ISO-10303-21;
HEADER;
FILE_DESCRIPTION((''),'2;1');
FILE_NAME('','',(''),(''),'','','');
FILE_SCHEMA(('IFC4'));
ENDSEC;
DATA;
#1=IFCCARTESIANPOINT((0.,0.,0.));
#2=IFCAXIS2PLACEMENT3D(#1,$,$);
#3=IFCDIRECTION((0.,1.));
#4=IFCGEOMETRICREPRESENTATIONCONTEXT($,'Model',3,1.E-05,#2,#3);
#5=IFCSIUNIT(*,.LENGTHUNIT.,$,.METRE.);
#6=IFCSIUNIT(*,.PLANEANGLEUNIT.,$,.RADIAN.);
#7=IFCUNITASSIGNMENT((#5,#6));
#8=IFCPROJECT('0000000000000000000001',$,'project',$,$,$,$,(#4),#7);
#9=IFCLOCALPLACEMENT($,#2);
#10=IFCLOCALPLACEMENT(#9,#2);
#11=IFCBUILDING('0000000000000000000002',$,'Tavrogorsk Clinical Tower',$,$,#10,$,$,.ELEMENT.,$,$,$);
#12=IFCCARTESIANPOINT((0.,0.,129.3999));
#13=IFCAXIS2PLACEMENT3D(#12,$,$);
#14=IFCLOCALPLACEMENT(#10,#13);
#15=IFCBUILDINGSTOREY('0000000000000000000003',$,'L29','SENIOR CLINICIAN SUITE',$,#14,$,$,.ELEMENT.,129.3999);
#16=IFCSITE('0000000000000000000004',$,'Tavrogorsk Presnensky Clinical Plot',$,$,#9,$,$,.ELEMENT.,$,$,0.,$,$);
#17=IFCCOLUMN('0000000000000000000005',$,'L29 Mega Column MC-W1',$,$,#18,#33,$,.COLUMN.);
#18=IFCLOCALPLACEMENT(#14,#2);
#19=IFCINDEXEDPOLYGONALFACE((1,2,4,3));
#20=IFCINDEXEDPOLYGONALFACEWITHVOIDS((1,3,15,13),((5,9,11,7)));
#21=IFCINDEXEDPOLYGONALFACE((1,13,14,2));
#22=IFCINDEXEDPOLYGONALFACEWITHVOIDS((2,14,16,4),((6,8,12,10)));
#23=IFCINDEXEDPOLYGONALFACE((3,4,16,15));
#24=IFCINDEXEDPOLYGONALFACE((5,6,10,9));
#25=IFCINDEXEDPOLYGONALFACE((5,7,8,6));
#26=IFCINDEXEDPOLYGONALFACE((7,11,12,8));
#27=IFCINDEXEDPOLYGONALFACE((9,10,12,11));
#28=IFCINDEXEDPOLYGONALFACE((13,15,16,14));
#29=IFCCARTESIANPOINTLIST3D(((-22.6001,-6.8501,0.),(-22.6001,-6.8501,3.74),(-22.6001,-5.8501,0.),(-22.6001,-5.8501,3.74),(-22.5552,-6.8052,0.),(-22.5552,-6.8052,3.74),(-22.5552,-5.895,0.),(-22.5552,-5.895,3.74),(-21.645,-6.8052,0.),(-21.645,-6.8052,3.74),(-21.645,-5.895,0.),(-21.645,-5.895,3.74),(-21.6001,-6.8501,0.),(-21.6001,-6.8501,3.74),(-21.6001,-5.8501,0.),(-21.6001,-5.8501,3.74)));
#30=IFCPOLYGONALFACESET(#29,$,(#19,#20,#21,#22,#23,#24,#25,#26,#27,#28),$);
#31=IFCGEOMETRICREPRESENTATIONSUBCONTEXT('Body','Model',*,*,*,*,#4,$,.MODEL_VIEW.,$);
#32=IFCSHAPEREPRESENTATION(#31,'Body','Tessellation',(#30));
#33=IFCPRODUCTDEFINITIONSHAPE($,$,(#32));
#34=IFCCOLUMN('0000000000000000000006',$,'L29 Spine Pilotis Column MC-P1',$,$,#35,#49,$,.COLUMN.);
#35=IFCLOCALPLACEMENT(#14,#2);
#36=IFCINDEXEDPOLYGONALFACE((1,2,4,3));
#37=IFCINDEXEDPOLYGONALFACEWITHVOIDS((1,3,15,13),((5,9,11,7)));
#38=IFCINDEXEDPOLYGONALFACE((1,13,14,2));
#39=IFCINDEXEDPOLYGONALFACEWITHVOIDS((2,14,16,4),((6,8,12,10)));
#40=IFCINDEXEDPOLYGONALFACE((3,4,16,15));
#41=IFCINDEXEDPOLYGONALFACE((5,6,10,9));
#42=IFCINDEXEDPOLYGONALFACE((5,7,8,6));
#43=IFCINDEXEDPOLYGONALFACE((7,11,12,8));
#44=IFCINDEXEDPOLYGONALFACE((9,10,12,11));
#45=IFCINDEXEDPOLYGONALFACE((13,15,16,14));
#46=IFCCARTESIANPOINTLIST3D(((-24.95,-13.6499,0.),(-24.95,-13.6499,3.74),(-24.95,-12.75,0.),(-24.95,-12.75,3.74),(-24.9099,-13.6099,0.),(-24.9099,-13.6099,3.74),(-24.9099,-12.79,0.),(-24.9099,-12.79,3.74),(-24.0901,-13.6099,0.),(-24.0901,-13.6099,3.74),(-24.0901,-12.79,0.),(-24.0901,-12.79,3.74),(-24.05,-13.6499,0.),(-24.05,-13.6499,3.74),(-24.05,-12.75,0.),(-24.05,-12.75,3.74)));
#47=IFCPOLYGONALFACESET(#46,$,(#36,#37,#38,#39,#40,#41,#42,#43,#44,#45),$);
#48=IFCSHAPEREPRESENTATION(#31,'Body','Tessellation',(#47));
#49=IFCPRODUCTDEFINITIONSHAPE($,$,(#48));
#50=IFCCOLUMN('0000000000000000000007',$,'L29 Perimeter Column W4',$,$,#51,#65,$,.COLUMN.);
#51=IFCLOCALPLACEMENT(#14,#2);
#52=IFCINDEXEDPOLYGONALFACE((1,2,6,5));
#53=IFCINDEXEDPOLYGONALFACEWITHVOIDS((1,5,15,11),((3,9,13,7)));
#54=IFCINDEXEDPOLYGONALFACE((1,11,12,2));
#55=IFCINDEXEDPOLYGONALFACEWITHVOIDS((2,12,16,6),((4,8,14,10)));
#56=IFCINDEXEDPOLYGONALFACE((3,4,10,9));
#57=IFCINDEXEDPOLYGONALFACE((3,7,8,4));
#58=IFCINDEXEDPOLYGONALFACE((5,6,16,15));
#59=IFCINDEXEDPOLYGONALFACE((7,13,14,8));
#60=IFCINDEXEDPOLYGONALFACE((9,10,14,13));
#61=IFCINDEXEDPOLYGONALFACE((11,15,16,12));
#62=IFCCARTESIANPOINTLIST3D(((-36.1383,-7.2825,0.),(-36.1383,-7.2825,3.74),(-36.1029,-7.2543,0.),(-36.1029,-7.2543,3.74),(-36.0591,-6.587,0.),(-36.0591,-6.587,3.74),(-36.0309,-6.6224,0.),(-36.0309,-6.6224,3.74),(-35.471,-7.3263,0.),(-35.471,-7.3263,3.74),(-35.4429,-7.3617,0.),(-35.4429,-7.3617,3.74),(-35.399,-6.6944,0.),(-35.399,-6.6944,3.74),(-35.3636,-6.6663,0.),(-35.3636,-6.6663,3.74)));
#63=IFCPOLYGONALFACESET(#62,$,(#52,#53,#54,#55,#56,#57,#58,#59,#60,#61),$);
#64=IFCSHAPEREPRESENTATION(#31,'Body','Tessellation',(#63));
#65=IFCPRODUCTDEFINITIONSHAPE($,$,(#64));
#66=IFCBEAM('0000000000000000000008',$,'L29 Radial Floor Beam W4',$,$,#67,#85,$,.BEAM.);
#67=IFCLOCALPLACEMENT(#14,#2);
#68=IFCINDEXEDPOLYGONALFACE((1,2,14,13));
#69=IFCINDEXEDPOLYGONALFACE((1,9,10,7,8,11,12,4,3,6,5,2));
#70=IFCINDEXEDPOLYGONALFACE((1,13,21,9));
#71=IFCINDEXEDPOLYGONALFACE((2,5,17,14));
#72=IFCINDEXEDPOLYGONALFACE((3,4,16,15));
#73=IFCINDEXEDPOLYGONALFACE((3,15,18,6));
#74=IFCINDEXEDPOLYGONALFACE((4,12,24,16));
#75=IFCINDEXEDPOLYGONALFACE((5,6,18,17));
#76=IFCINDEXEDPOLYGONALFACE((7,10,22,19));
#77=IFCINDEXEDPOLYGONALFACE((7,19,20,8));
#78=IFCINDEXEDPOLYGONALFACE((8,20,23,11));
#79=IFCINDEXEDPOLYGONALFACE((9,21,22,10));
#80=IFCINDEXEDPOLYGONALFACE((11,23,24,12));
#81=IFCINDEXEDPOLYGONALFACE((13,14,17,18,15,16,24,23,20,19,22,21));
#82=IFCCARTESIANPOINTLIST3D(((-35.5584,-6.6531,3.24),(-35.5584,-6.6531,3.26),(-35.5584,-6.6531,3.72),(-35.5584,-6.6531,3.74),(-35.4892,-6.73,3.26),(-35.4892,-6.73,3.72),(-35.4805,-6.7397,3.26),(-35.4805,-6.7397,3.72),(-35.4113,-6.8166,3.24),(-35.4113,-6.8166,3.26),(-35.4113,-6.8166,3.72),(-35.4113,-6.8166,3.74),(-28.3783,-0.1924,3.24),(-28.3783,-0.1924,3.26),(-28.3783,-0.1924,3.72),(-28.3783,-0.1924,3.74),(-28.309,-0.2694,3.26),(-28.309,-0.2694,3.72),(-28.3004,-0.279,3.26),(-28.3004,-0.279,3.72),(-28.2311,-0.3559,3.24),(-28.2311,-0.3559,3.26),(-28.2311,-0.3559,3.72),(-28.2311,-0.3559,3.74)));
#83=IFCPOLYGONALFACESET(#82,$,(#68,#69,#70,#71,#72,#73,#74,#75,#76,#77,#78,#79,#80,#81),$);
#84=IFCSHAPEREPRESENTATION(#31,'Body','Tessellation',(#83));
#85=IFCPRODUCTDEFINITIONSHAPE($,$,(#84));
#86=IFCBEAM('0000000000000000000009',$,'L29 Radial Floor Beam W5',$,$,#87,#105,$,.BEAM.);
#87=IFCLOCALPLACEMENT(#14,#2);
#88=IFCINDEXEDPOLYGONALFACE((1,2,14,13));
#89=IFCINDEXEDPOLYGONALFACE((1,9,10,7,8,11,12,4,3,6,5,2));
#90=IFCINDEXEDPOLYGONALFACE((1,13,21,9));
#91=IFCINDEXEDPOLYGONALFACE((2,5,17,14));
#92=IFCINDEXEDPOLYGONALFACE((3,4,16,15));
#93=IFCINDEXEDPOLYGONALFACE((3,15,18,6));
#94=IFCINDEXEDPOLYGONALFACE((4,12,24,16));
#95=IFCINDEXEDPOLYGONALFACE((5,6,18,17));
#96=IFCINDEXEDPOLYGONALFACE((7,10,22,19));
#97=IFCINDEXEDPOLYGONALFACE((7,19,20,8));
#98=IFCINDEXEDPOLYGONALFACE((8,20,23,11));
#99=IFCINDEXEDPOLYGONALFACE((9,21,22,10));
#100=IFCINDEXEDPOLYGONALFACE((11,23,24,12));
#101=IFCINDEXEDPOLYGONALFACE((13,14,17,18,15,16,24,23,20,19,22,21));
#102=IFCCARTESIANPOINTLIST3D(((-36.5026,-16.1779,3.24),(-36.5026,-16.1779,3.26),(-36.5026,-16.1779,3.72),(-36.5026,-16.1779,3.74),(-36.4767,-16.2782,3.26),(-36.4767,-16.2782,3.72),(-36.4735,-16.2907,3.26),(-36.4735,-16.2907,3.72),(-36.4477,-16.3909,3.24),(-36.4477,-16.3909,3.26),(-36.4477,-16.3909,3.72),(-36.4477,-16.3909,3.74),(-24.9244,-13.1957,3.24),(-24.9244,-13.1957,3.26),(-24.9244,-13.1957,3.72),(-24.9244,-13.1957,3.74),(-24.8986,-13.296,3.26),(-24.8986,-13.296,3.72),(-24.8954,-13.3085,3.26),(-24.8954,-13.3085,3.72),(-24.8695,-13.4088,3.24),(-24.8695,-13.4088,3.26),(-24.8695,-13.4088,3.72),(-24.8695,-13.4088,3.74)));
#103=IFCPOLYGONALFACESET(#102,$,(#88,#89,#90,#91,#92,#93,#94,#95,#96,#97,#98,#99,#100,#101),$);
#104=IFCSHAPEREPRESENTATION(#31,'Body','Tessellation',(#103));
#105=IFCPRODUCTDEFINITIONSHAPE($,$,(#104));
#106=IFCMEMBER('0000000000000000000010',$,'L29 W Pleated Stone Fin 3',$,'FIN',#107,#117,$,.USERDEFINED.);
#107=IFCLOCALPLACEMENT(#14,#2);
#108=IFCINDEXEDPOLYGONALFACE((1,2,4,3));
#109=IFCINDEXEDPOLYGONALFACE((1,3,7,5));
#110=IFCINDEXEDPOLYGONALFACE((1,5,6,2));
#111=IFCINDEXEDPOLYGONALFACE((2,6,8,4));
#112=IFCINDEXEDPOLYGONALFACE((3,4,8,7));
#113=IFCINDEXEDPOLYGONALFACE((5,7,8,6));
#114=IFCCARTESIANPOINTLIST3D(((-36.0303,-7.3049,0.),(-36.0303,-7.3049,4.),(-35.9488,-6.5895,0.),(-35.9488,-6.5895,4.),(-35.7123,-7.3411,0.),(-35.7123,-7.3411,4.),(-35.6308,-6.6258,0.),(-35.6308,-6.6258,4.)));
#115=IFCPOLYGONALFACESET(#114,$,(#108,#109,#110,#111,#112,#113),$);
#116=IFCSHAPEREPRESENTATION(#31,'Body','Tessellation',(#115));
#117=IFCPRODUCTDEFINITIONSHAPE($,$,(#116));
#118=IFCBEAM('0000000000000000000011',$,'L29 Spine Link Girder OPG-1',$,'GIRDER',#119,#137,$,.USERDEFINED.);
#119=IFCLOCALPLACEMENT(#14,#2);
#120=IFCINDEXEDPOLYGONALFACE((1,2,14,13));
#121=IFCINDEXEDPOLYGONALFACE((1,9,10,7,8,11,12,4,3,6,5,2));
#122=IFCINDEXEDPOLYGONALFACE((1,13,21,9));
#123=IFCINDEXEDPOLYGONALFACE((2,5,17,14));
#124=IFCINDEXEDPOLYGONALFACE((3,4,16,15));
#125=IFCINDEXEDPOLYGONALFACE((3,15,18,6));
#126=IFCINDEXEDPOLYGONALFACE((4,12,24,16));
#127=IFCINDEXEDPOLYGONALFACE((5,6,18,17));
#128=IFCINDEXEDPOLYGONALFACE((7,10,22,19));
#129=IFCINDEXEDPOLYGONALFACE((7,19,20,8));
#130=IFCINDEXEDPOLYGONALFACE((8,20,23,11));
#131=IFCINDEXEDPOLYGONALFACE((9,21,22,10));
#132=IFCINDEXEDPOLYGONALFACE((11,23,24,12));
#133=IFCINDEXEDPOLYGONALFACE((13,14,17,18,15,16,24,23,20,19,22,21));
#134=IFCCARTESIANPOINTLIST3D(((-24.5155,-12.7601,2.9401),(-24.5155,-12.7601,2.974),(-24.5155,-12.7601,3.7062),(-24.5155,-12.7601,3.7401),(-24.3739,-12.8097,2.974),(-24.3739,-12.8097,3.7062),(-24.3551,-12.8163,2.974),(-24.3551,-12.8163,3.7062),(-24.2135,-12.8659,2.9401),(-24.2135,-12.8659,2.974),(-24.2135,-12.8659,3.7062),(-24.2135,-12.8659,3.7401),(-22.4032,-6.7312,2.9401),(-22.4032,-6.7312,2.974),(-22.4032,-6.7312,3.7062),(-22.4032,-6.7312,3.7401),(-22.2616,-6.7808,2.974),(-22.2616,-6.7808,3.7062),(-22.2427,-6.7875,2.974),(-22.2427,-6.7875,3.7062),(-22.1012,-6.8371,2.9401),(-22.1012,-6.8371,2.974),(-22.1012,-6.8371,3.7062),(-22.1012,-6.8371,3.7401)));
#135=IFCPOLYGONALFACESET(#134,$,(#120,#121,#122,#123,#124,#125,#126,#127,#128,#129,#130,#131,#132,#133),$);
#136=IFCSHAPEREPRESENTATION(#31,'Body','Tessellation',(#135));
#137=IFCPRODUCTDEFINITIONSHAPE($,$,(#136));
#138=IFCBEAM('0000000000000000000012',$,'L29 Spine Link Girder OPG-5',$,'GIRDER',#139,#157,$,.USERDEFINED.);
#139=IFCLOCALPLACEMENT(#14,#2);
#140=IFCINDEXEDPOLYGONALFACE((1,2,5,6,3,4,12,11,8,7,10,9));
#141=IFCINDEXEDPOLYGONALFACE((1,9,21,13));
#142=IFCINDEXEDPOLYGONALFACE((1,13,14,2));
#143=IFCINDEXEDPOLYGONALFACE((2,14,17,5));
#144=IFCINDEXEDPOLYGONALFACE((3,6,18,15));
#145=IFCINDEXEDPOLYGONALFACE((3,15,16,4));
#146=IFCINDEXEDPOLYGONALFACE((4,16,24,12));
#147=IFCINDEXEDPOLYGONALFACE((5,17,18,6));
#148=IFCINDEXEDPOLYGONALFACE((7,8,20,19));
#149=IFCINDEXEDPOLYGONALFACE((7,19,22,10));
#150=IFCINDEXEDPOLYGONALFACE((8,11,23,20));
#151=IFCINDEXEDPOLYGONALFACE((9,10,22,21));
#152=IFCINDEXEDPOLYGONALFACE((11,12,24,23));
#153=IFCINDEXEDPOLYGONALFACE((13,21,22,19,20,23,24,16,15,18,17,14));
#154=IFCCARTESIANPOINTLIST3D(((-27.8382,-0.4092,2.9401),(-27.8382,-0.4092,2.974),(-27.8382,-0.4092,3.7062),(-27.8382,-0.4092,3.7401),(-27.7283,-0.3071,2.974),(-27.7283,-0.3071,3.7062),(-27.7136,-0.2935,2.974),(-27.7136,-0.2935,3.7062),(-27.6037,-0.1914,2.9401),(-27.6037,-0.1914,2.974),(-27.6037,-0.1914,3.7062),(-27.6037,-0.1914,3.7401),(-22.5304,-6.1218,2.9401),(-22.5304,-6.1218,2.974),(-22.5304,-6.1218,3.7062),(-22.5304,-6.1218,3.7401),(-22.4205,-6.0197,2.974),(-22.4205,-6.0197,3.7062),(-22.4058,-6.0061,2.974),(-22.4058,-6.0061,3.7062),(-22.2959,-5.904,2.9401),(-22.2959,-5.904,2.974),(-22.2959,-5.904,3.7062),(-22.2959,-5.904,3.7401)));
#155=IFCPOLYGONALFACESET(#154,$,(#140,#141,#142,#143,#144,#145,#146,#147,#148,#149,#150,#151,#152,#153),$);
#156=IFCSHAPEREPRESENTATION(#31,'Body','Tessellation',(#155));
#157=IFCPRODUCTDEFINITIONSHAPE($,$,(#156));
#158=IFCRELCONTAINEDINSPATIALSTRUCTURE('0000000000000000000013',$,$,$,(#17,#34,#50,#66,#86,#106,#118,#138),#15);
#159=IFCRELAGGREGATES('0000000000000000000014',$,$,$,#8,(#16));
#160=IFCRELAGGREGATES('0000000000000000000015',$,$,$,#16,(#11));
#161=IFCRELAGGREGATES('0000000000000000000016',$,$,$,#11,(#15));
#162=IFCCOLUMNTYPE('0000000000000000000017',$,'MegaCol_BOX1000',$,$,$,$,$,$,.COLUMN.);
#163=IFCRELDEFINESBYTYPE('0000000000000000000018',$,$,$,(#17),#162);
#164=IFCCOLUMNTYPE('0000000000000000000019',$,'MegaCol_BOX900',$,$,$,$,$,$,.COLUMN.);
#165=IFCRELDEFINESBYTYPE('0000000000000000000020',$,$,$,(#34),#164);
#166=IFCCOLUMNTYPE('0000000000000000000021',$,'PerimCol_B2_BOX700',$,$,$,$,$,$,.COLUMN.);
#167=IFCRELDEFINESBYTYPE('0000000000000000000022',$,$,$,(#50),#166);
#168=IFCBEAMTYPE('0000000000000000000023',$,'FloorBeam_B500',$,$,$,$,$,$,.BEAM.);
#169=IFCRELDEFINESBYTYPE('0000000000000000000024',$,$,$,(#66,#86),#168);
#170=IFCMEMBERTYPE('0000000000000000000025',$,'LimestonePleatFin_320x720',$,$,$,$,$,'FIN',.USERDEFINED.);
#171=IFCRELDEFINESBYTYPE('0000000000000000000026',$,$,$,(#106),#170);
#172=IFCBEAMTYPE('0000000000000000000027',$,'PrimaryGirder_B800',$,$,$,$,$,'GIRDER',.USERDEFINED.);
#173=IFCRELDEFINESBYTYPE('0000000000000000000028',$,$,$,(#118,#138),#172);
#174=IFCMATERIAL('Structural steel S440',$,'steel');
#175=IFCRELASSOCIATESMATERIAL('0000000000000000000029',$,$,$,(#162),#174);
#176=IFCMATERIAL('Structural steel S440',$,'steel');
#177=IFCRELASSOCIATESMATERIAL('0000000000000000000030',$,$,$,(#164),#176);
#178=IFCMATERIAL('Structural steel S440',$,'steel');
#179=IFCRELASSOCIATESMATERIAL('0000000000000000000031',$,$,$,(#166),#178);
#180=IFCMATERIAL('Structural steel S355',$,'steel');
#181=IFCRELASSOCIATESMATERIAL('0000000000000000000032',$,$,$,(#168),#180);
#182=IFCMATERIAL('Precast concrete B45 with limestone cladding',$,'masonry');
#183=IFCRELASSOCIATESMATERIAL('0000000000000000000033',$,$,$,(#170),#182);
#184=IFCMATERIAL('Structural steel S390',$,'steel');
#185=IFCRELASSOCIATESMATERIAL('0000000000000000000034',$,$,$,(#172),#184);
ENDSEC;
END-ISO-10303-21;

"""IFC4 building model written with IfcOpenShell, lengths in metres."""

from ifc_helpers import new_model, si_unit, direction, frame, origin, origin_2d, place, context, subcontext, project, spatial, rectangle, hollow_rectangle, i_section, extrude, material, material_profile, profile_set, type_object, element, save


model = new_model("IFC4")

# Units and contexts
model_context = context("Model", 3, precision=1e-05, world=origin(), true_north=direction((0.0, 1.0)))
body_context = subcontext(model_context, "Body", "Model", "MODEL_VIEW")
ifc_project = project(units=[si_unit("LENGTHUNIT", "METRE"), si_unit("PLANEANGLEUNIT", "RADIAN")], contexts=[model_context])

# Site, building, storey
site_placement = place(None, origin())
site = spatial("IfcSite", under=ifc_project, at=site_placement, Name="Tavrogorsk Presnensky Clinical Plot", CompositionType="ELEMENT", RefElevation=0.0)
building_placement = place(site_placement, origin())
building = spatial("IfcBuilding", under=site, at=building_placement, Name="Tavrogorsk Clinical Tower", CompositionType="ELEMENT")
storey_placement = place(building_placement, frame((0.0, 0.0, 129.3999)))
storey = spatial("IfcBuildingStorey", under=building, at=storey_placement, Name="L29", Description="SENIOR CLINICIAN SUITE", CompositionType="ELEMENT", Elevation=129.3999)

# Columns
ifc_material_1 = material(Name="Structural steel S440", Category="steel")
ifc_material_profile_1 = material_profile(ifc_material_1, hollow_rectangle(XDim=1.0, YDim=1.0, WallThickness=0.0449, at=origin_2d()), Name="BOX-1000x1000x45")
ifc_profile_set_1 = profile_set([ifc_material_profile_1], Name="Structural steel S440")
column_type_1 = type_object("IfcColumnType", Name="MegaCol_BOX1000", PredefinedType="COLUMN", material=ifc_profile_set_1)
column_1_placement = place(storey_placement, frame((-22.1001, -6.3501, 0.0), z_axis=(0.0, 0.0, 1.0), x_axis=(1.0, 0.0, 0.0)))
element("IfcColumn", 1, at=column_1_placement, inside=storey, type_object=column_type_1, Name="L29 Mega Column MC-W1", PredefinedType="COLUMN", context=body_context, shape_type="SweptSolid", body=[
    extrude(hollow_rectangle(XDim=1.0, YDim=1.0, WallThickness=0.0449, at=origin_2d()), origin(), (0.0, 0.0, 1.0), 3.74),
])
ifc_material_2 = material(Name="Structural steel S440", Category="steel")
ifc_material_profile_2 = material_profile(ifc_material_2, hollow_rectangle(XDim=0.8999, YDim=0.8999, WallThickness=0.04, at=origin_2d()), Name="BOX-900x900x40")
ifc_profile_set_2 = profile_set([ifc_material_profile_2], Name="Structural steel S440")
column_type_2 = type_object("IfcColumnType", Name="MegaCol_BOX900", PredefinedType="COLUMN", material=ifc_profile_set_2)
column_2_placement = place(storey_placement, frame((-24.5, -13.2, 0.0), z_axis=(0.0, 0.0, 1.0), x_axis=(1.0, 0.0, 0.0)))
element("IfcColumn", 2, at=column_2_placement, inside=storey, type_object=column_type_2, Name="L29 Spine Pilotis Column MC-P1", PredefinedType="COLUMN", context=body_context, shape_type="SweptSolid", body=[
    extrude(hollow_rectangle(XDim=0.8999, YDim=0.8999, WallThickness=0.04, at=origin_2d()), origin(), (0.0, 0.0, 1.0), 3.74),
])
ifc_material_3 = material(Name="Structural steel S440", Category="steel")
ifc_material_profile_3 = material_profile(ifc_material_3, hollow_rectangle(XDim=0.7, YDim=0.7, WallThickness=0.032, at=origin_2d()), Name="BOX-700x700x32")
ifc_profile_set_3 = profile_set([ifc_material_profile_3], Name="Structural steel S440")
column_type_3 = type_object("IfcColumnType", Name="PerimCol_B2_BOX700", PredefinedType="COLUMN", material=ifc_profile_set_3)
column_3_placement = place(storey_placement, frame((-35.751, -6.9744, 0.0), z_axis=(0.0, 0.0, 1.0), x_axis=(0.993572, -0.113203, 0.0)))
element("IfcColumn", 3, at=column_3_placement, inside=storey, type_object=column_type_3, Name="L29 Perimeter Column W4", PredefinedType="COLUMN", context=body_context, shape_type="SweptSolid", body=[
    extrude(hollow_rectangle(XDim=0.7, YDim=0.7, WallThickness=0.032, at=origin_2d()), origin(), (0.0, 0.0, 1.0), 3.74),
])

# Beams
ifc_material_4 = material(Name="Structural steel S355", Category="steel")
ifc_material_profile_4 = material_profile(ifc_material_4, i_section(OverallWidth=0.22, OverallDepth=0.5, WebThickness=0.0129, FlangeThickness=0.02, at=origin_2d()), Name="B-500x220x13x20")
ifc_profile_set_4 = profile_set([ifc_material_profile_4], Name="Structural steel S355")
beam_type_1 = type_object("IfcBeamType", Name="FloorBeam_B500", PredefinedType="BEAM", material=ifc_profile_set_4)
beam_1_placement = place(storey_placement, frame((-28.3047, -0.2742, 3.49), z_axis=(-0.74337, -0.668881, 0.0), x_axis=(0.668881, -0.74337, 0.0)))
element("IfcBeam", 4, at=beam_1_placement, inside=storey, type_object=beam_type_1, Name="L29 Radial Floor Beam W4", PredefinedType="BEAM", context=body_context, shape_type="SweptSolid", body=[
    extrude(i_section(OverallWidth=0.22, OverallDepth=0.5, WebThickness=0.0129, FlangeThickness=0.02, at=origin_2d()), origin(), (0.0, 0.0, 1.0), 9.6589),
])
beam_2_placement = place(storey_placement, frame((-24.897, -13.3022, 3.49), z_axis=(-0.968393, -0.249429, 0.0), x_axis=(0.249429, -0.968393, 0.0)))
element("IfcBeam", 5, at=beam_2_placement, inside=storey, type_object=beam_type_1, Name="L29 Radial Floor Beam W5", PredefinedType="BEAM", context=body_context, shape_type="SweptSolid", body=[
    extrude(i_section(OverallWidth=0.22, OverallDepth=0.5, WebThickness=0.0129, FlangeThickness=0.02, at=origin_2d()), origin(), (0.0, 0.0, 1.0), 11.9561),
])

# Member
ifc_material_5 = material(Name="Precast concrete B45 with limestone cladding", Category="masonry")
ifc_material_profile_5 = material_profile(ifc_material_5, rectangle(XDim=0.3201, YDim=0.72, at=origin_2d()), Name="LIMESTONE-FIN-320x720")
ifc_profile_set_5 = profile_set([ifc_material_profile_5], Name="Precast concrete B45 with limestone cladding")
member_type = type_object("IfcMemberType", Name="LimestonePleatFin_320x720", ElementType="FIN", PredefinedType="USERDEFINED", material=ifc_profile_set_5)
member_placement = place(storey_placement, frame((-35.8306, -6.9653, 0.0), z_axis=(0.0, 0.0, 1.0), x_axis=(0.993572, -0.113203, 0.0)))
element("IfcMember", 6, at=member_placement, inside=storey, type_object=member_type, Name="L29 W Pleated Stone Fin 3", ObjectType="FIN", PredefinedType="USERDEFINED", context=body_context, shape_type="SweptSolid", body=[
    extrude(rectangle(XDim=0.3201, YDim=0.72, at=origin_2d()), origin(), (0.0, 0.0, 1.0), 4.0),
])

# Beams
ifc_material_6 = material(Name="Structural steel S390", Category="steel")
ifc_material_profile_6 = material_profile(ifc_material_6, i_section(OverallWidth=0.3201, OverallDepth=0.8, WebThickness=0.02, FlangeThickness=0.0339, at=origin_2d()), Name="B-800x320x20x34")
ifc_profile_set_6 = profile_set([ifc_material_profile_6], Name="Structural steel S390")
beam_type_2 = type_object("IfcBeamType", Name="PrimaryGirder_B800", ElementType="GIRDER", PredefinedType="USERDEFINED", material=ifc_profile_set_6)
beam_3_placement = place(storey_placement, frame((-24.3645, -12.813, 3.3401), z_axis=(0.33066, 0.94375, 0.0), x_axis=(-0.94375, 0.33066, 0.0)))
element("IfcBeam", 7, at=beam_3_placement, inside=storey, type_object=beam_type_2, Name="L29 Spine Link Girder OPG-1", ObjectType="GIRDER", PredefinedType="USERDEFINED", context=body_context, shape_type="SweptSolid", body=[
    extrude(i_section(OverallWidth=0.3201, OverallDepth=0.8, WebThickness=0.02, FlangeThickness=0.0339, at=origin_2d()), origin(), (0.0, 0.0, 1.0), 6.3882),
])
beam_4_placement = place(storey_placement, frame((-27.7209, -0.3003, 3.3401), z_axis=(0.680676, -0.732585, 0.0), x_axis=(0.732585, 0.680676, 0.0)))
element("IfcBeam", 8, at=beam_4_placement, inside=storey, type_object=beam_type_2, Name="L29 Spine Link Girder OPG-5", ObjectType="GIRDER", PredefinedType="USERDEFINED", context=body_context, shape_type="SweptSolid", body=[
    extrude(i_section(OverallWidth=0.3201, OverallDepth=0.8, WebThickness=0.02, FlangeThickness=0.0339, at=origin_2d()), origin(), (0.0, 0.0, 1.0), 7.7979),
])

save(model, "model.ifc")
